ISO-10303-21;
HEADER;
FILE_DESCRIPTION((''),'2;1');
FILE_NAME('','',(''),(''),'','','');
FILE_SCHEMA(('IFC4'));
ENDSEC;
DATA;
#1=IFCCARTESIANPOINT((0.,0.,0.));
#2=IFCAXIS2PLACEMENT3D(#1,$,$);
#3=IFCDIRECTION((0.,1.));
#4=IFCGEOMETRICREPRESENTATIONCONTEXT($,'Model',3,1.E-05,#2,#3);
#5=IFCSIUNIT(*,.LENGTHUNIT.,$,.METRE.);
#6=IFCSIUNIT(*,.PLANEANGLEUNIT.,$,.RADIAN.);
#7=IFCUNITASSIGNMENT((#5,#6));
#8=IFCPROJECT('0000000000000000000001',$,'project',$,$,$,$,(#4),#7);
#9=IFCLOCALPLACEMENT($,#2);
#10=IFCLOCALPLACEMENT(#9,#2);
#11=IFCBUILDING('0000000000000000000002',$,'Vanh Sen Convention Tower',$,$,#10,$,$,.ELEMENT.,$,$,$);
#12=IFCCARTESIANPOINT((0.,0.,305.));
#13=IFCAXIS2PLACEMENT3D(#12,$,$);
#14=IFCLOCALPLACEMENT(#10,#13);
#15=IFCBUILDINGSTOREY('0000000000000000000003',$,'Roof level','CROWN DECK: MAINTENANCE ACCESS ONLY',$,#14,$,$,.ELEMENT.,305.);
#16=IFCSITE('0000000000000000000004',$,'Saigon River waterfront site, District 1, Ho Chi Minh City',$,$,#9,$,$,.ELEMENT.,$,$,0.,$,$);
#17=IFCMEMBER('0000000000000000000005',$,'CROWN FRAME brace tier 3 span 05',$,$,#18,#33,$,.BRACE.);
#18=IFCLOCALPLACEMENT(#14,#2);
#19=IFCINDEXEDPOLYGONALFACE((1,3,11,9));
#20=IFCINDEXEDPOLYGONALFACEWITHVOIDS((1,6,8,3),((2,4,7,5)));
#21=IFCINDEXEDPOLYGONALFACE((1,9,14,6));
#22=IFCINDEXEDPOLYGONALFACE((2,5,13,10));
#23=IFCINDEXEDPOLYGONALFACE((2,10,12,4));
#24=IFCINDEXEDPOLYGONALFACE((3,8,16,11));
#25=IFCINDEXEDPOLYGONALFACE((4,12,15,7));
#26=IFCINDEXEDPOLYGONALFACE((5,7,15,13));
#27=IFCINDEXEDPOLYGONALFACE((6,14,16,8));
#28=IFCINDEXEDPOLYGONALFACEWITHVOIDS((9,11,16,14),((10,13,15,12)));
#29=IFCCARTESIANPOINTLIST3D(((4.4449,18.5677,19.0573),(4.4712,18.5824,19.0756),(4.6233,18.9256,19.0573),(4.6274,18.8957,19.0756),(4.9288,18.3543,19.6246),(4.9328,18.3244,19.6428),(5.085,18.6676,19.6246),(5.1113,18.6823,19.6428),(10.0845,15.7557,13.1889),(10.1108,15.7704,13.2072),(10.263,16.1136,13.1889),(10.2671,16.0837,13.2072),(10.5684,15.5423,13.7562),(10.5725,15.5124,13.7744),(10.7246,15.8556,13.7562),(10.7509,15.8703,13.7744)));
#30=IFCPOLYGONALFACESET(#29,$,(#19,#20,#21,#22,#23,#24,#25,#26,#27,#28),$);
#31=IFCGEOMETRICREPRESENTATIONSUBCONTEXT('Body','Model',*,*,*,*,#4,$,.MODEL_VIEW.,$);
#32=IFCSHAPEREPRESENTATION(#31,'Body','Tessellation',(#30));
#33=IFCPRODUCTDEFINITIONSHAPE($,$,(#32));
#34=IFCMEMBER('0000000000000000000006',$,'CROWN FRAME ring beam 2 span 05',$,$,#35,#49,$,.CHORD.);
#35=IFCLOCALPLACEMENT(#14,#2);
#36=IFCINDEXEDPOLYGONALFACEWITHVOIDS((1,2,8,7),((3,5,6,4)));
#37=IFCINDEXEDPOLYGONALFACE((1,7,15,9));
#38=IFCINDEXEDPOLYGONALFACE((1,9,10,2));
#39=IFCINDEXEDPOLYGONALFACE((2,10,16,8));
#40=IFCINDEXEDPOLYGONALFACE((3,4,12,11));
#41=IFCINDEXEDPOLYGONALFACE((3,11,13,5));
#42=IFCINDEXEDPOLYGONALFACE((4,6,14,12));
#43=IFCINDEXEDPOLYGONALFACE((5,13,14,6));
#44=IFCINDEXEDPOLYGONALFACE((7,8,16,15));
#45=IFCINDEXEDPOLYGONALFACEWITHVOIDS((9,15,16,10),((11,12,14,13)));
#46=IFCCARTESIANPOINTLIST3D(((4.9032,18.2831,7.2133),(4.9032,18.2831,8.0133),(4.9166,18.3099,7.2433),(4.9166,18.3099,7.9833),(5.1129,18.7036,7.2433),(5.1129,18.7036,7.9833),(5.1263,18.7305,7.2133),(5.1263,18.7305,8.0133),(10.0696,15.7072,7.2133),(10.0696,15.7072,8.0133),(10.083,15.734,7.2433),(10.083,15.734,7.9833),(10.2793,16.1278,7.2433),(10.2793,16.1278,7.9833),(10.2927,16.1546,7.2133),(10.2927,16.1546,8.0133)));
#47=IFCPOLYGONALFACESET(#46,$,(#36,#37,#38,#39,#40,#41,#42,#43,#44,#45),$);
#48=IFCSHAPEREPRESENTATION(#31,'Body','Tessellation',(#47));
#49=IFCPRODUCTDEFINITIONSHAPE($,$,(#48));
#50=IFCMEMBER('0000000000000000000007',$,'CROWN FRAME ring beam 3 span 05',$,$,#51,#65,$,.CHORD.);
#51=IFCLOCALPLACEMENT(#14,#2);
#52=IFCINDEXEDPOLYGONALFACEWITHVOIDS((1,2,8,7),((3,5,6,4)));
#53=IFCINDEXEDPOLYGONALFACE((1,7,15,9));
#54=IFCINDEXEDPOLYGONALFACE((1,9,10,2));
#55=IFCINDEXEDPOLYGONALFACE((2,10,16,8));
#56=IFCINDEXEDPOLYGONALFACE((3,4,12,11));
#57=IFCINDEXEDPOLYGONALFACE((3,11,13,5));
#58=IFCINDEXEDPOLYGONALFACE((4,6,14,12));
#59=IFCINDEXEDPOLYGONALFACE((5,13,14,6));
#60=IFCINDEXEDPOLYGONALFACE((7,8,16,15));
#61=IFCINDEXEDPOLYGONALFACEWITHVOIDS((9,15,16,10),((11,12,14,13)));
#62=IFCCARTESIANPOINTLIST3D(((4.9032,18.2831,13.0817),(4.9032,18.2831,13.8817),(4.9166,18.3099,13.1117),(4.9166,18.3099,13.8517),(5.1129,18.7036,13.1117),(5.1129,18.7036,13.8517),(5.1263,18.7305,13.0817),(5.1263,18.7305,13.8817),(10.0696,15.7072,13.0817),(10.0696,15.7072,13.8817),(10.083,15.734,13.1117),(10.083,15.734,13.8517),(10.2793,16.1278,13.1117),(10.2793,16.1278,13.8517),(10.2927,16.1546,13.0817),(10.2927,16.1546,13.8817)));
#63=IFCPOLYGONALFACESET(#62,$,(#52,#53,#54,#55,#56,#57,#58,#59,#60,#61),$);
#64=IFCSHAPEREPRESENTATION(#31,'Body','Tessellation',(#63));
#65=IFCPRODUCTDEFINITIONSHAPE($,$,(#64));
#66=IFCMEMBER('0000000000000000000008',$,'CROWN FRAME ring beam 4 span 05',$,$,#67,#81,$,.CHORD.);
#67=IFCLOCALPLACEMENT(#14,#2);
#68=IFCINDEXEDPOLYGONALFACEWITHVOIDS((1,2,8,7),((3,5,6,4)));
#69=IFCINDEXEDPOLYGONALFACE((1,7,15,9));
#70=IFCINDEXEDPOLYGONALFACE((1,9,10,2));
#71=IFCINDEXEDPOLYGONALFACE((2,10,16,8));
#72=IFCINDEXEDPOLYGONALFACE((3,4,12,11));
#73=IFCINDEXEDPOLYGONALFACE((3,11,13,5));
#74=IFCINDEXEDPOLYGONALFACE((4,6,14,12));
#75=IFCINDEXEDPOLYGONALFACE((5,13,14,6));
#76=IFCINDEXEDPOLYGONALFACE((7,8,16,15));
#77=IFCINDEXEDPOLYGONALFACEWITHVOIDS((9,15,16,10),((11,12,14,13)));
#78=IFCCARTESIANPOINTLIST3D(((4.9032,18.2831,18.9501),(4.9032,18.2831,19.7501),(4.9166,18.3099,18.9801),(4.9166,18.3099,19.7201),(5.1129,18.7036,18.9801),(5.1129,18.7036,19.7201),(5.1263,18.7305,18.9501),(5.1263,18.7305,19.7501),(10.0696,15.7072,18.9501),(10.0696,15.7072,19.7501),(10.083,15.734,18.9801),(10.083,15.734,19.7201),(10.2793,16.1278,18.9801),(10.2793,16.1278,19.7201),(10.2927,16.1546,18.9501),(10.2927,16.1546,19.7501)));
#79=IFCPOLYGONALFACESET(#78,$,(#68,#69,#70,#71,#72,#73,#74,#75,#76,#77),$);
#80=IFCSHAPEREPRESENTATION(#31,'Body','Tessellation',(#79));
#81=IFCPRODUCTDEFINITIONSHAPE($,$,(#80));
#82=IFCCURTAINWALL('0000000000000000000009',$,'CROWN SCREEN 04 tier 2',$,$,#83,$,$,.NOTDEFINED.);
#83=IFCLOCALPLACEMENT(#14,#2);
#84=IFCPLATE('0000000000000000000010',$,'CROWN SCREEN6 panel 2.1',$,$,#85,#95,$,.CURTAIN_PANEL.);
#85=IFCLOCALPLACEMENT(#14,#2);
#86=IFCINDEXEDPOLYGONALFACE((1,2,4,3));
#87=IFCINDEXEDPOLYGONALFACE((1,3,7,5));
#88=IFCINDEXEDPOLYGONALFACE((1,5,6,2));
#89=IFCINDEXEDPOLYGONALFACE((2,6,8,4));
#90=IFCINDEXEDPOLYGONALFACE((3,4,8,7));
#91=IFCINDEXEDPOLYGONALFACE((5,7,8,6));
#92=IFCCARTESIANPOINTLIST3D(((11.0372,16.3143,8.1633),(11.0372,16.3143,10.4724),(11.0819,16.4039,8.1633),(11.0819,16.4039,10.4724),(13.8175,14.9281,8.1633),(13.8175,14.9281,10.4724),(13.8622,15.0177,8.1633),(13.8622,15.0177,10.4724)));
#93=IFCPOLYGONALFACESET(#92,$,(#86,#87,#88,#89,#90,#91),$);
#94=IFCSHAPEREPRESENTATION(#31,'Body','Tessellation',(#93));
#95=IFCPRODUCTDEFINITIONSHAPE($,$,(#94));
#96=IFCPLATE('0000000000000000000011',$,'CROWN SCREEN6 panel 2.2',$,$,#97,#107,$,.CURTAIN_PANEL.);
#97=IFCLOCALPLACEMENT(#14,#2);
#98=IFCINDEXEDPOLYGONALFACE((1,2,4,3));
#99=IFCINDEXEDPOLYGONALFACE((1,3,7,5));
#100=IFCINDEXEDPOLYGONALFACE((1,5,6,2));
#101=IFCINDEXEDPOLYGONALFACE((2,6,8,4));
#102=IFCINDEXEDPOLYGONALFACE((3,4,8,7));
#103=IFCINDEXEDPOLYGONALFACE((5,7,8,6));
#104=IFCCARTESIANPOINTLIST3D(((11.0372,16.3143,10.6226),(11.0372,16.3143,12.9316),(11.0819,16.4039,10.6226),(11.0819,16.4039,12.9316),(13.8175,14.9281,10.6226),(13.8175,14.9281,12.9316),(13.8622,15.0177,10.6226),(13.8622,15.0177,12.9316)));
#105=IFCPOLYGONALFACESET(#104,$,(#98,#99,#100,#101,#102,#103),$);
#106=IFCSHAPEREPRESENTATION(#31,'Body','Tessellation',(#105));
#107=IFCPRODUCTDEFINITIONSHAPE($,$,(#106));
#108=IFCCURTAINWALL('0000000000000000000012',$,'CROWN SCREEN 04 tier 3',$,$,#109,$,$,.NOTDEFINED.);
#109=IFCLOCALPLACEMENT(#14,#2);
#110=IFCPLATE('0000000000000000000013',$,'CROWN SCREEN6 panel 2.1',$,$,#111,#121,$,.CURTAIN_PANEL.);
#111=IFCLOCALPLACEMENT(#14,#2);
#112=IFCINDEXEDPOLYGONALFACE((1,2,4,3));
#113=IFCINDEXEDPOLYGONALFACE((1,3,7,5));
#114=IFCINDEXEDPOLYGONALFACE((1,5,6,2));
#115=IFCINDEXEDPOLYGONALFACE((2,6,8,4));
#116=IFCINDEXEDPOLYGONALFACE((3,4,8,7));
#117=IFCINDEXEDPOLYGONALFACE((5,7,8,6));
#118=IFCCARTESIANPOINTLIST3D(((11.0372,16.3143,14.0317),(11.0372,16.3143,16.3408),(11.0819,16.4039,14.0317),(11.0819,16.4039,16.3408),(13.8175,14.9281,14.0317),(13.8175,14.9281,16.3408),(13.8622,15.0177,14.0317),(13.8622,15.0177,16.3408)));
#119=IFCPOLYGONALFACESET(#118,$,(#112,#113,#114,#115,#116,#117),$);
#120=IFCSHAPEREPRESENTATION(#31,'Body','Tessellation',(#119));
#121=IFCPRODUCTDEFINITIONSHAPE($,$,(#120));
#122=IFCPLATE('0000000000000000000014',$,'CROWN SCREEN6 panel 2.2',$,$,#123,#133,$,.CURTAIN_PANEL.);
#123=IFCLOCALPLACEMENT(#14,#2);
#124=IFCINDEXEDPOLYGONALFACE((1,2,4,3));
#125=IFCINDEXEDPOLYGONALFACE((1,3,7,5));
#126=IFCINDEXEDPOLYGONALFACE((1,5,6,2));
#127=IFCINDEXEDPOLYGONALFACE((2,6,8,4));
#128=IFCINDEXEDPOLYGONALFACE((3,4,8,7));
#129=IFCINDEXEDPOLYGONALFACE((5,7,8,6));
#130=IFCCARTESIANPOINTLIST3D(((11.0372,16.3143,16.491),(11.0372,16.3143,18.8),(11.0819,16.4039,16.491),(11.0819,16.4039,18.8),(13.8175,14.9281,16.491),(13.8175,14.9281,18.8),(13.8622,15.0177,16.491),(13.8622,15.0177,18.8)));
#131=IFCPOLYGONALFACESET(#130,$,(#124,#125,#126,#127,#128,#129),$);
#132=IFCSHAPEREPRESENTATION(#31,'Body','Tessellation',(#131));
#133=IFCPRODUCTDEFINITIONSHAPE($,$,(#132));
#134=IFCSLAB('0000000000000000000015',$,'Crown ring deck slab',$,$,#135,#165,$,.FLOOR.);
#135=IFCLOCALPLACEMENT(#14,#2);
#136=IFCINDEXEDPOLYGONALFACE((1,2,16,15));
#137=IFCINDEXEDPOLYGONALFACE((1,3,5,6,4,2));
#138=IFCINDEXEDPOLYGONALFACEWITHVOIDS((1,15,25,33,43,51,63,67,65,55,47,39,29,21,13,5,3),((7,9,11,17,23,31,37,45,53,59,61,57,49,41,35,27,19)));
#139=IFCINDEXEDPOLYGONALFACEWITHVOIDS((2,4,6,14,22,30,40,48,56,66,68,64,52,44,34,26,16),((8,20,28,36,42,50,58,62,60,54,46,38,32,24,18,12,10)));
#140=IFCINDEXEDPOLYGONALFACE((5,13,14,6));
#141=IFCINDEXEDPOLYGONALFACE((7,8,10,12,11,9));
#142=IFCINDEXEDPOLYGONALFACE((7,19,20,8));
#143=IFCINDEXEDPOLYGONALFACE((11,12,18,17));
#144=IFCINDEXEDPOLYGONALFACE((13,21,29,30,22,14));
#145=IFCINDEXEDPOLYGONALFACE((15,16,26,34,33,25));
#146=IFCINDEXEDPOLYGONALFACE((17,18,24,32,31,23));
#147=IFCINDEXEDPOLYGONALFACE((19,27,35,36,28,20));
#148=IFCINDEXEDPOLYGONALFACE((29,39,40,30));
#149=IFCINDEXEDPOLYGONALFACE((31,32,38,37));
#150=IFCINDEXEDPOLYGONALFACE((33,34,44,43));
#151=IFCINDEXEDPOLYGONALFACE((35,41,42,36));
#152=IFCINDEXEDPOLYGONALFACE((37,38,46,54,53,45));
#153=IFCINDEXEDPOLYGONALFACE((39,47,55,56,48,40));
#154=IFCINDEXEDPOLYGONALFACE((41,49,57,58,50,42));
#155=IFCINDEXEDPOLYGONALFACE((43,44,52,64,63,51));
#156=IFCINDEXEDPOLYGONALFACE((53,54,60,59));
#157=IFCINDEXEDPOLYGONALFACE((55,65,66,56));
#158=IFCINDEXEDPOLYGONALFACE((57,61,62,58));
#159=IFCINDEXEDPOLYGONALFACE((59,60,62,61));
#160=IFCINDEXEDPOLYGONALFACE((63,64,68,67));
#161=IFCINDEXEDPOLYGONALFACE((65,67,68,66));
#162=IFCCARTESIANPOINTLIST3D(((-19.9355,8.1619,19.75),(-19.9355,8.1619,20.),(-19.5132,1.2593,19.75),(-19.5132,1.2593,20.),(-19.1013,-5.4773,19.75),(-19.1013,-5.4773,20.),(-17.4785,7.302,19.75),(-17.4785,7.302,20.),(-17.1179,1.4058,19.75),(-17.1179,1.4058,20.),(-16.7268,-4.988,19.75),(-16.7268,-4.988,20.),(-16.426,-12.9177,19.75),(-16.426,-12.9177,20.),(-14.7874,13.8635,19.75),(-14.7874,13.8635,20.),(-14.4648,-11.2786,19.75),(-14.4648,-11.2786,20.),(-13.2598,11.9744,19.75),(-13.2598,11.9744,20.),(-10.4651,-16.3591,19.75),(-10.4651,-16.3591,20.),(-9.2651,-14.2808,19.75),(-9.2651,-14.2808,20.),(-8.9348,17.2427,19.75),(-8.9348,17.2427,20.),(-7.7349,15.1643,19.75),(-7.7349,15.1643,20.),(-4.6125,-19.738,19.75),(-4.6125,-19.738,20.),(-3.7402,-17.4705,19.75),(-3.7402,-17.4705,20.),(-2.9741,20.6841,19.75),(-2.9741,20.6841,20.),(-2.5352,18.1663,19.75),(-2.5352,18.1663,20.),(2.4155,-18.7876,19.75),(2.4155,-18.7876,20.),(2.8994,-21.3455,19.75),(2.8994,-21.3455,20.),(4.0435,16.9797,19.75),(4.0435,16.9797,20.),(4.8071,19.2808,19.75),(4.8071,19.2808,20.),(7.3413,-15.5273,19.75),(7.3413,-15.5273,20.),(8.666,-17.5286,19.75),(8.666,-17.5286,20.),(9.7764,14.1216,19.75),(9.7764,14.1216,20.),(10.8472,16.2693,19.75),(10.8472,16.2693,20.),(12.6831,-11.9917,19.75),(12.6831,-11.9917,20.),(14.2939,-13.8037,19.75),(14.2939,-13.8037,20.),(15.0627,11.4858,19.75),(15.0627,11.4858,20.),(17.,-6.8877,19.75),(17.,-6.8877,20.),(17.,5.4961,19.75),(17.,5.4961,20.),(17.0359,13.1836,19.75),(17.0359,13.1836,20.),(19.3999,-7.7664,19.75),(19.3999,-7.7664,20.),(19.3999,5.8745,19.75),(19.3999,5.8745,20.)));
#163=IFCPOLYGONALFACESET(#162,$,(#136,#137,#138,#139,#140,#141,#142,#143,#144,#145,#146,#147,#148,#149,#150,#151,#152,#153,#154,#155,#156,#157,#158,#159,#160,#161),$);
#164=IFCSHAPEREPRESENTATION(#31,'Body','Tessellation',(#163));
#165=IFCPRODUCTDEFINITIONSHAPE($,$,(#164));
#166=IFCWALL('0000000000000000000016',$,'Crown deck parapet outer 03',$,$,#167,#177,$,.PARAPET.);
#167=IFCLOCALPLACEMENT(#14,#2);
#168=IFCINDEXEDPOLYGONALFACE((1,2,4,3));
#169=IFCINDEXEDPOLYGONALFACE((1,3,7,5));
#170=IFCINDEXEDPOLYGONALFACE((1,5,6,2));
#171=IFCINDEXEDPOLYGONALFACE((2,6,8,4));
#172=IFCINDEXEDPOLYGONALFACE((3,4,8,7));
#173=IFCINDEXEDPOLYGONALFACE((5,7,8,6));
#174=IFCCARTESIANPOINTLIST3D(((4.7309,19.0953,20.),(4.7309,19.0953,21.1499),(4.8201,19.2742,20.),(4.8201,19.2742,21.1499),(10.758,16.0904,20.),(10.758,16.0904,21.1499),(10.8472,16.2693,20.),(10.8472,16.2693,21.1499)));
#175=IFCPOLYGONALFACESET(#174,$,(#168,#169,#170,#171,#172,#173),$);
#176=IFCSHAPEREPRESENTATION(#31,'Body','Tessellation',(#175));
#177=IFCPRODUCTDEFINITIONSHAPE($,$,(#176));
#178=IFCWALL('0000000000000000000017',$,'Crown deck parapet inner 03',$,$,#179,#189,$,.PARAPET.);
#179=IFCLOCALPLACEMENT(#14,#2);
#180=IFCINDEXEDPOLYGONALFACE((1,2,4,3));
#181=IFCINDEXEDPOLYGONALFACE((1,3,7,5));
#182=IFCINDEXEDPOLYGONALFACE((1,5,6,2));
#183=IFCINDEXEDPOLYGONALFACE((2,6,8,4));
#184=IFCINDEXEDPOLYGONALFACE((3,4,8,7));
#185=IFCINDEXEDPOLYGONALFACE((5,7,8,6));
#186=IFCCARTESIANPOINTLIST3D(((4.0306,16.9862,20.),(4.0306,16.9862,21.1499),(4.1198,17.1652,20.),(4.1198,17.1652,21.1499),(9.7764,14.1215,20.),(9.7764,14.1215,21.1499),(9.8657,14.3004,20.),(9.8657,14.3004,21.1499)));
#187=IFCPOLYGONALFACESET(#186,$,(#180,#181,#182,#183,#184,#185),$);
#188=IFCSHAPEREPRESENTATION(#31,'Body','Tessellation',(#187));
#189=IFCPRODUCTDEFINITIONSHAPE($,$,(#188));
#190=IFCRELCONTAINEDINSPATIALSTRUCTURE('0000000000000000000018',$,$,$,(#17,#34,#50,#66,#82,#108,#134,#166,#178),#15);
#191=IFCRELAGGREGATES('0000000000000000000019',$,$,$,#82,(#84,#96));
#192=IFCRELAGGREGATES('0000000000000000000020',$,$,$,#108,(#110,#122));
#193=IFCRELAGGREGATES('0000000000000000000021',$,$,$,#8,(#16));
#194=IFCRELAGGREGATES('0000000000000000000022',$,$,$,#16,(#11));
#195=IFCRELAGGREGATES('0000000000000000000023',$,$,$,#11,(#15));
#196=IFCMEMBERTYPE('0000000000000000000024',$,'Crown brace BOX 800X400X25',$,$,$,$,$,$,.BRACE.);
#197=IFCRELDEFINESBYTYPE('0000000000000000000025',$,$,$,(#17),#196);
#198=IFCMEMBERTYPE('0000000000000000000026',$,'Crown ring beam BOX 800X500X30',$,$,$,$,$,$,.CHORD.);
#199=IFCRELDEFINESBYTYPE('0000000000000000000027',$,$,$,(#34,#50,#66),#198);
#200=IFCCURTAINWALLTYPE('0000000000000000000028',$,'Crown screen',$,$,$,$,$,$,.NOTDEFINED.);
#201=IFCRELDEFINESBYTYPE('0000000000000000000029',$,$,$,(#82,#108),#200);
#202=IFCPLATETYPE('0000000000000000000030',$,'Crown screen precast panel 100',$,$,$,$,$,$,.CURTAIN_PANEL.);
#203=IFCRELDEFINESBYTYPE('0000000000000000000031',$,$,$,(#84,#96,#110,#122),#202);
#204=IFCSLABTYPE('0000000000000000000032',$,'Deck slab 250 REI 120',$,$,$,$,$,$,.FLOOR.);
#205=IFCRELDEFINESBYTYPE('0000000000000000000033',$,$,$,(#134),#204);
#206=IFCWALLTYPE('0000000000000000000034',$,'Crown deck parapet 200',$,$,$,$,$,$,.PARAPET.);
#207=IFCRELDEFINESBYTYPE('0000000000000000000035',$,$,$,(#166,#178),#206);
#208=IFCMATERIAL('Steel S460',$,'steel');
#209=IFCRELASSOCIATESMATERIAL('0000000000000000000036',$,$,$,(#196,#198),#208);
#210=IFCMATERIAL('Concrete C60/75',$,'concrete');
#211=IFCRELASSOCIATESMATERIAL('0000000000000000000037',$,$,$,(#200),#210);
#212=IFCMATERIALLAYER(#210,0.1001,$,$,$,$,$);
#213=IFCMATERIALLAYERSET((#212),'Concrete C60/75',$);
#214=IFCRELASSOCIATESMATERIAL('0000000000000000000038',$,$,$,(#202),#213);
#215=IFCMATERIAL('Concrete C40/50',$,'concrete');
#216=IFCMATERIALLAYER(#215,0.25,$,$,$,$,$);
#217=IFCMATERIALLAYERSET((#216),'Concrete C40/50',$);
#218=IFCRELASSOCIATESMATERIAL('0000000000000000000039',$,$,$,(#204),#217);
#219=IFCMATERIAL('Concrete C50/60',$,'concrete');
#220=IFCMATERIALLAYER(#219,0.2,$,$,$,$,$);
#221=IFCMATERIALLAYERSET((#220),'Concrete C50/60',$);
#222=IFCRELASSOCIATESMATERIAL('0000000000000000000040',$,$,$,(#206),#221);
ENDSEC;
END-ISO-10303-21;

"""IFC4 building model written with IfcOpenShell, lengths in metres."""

from ifc_helpers import new_model, si_unit, direction, frame, frame_2d, origin, origin_2d, place, context, subcontext, project, spatial, polyline, rectangle, hollow_rectangle, outline, extrude, material, layer, layer_set, material_profile, profile_set, type_object, element, aggregate, save


model = new_model("IFC4")

# Units and contexts
model_context = context("Model", 3, precision=1e-05, world=origin(), true_north=direction((0.0, 1.0)))
body_context = subcontext(model_context, "Body", "Model", "MODEL_VIEW")
ifc_project = project(units=[si_unit("LENGTHUNIT", "METRE"), si_unit("PLANEANGLEUNIT", "RADIAN")], contexts=[model_context])

# Site, building, storey
site_placement = place(None, origin())
site = spatial("IfcSite", under=ifc_project, at=site_placement, Name="Saigon River waterfront site, District 1, Ho Chi Minh City", CompositionType="ELEMENT", RefElevation=0.0)
building_placement = place(site_placement, origin())
building = spatial("IfcBuilding", under=site, at=building_placement, Name="Vanh Sen Convention Tower", CompositionType="ELEMENT")
storey_placement = place(building_placement, frame((0.0, 0.0, 305.0)))
storey = spatial("IfcBuildingStorey", under=building, at=storey_placement, Name="Roof level", Description="CROWN DECK: MAINTENANCE ACCESS ONLY", CompositionType="ELEMENT", Elevation=305.0)

# Members
ifc_material_1 = material(Name="Steel S460", Category="steel")
ifc_material_profile_1 = material_profile(ifc_material_1, hollow_rectangle(XDim=0.3999, YDim=0.8, WallThickness=0.0249, at=origin_2d()), Name="BOX 800X400X25")
ifc_profile_set_1 = profile_set([ifc_material_profile_1], Name="Steel S460")
member_type_1 = type_object("IfcMemberType", Name="Crown brace BOX 800X400X25", PredefinedType="BRACE", material=ifc_profile_set_1)
member_placement = place(storey_placement, frame((10.4177, 15.813, 13.4817), z_axis=(-0.654927, 0.326556, 0.681492), x_axis=(-0.446222, -0.894923, 0.0)))
element("IfcMember", 1, at=member_placement, inside=storey, type_object=member_type_1, Name="CROWN FRAME brace tier 3 span 05", PredefinedType="BRACE", context=body_context, shape_type="SweptSolid", body=[
    extrude(hollow_rectangle(XDim=0.3999, YDim=0.8, WallThickness=0.0249, at=origin_2d()), origin(), (0.0, 0.0, 1.0), 8.6111),
])
ifc_material_profile_2 = material_profile(ifc_material_1, hollow_rectangle(XDim=0.5, YDim=0.8, WallThickness=0.03, at=origin_2d()), Name="BOX 800X500X30")
ifc_profile_set_2 = profile_set([ifc_material_profile_2], Name="Steel S460")
member_type_2 = type_object("IfcMemberType", Name="Crown ring beam BOX 800X500X30", PredefinedType="CHORD", material=ifc_profile_set_2)
for number, where, z_axis, x_axis, name in (
    (2, (10.1812, 15.9309, 7.6133), (-0.894934, 0.446198, 0.0), (-0.446198, -0.894934, 0.0), "CROWN FRAME ring beam 2 span 05"),
    (3, (10.1812, 15.9309, 13.4817), (-0.894934, 0.446198, 0.0), (-0.446198, -0.894934, 0.0), "CROWN FRAME ring beam 3 span 05"),
    (4, (10.1812, 15.9309, 19.3501), (-0.894934, 0.446198, 0.0), (-0.446198, -0.894934, 0.0), "CROWN FRAME ring beam 4 span 05"),
):
    element("IfcMember", number, at=place(storey_placement, frame(where, z_axis=z_axis, x_axis=x_axis)), inside=storey, type_object=member_type_2, Name=name, PredefinedType="CHORD", context=body_context, shape_type="SweptSolid", body=[
        extrude(hollow_rectangle(XDim=0.5, YDim=0.8, WallThickness=0.03, at=origin_2d()), origin(), (0.0, 0.0, 1.0), 5.7729),
    ])

# Curtain walls, plates
ifc_material_2 = material(Name="Concrete C60/75", Category="concrete")
curtain_wall_type = type_object("IfcCurtainWallType", Name="Crown screen", PredefinedType="NOTDEFINED", material=ifc_material_2)
curtain_wall_1_placement = place(storey_placement, origin())
curtain_wall_1 = element("IfcCurtainWall", 5, at=curtain_wall_1_placement, inside=storey, type_object=curtain_wall_type, Name="CROWN SCREEN 04 tier 2", PredefinedType="NOTDEFINED")
ifc_layer_1 = layer(ifc_material_2, 0.1001)
ifc_layer_set_1 = layer_set([ifc_layer_1], Name="Concrete C60/75")
plate_type = type_object("IfcPlateType", Name="Crown screen precast panel 100", PredefinedType="CURTAIN_PANEL", material=ifc_layer_set_1)
plate_1_placement = place(storey_placement, frame((12.4497, 15.666, 8.1633), z_axis=(0.0, 0.0, 1.0), x_axis=(-0.894931, 0.446205, 0.0)))
plate_1 = element("IfcPlate", 6, at=plate_1_placement, type_object=plate_type, Name="CROWN SCREEN6 panel 2.1", PredefinedType="CURTAIN_PANEL", context=body_context, shape_type="SweptSolid", body=[
    extrude(rectangle(XDim=3.1067, YDim=0.1001, at=origin_2d()), origin(), (0.0, 0.0, 1.0), 2.3091),
])
plate_2_placement = place(storey_placement, frame((12.4497, 15.666, 10.6226), z_axis=(0.0, 0.0, 1.0), x_axis=(-0.894931, 0.446205, 0.0)))
plate_2 = element("IfcPlate", 7, at=plate_2_placement, type_object=plate_type, Name="CROWN SCREEN6 panel 2.2", PredefinedType="CURTAIN_PANEL", context=body_context, shape_type="SweptSolid", body=[
    extrude(rectangle(XDim=3.1067, YDim=0.1001, at=origin_2d()), origin(), (0.0, 0.0, 1.0), 2.3091),
])
aggregate(curtain_wall_1, [plate_1, plate_2])
curtain_wall_2_placement = place(storey_placement, origin())
curtain_wall_2 = element("IfcCurtainWall", 8, at=curtain_wall_2_placement, inside=storey, type_object=curtain_wall_type, Name="CROWN SCREEN 04 tier 3", PredefinedType="NOTDEFINED")
plate_3_placement = place(storey_placement, frame((12.4497, 15.666, 14.0317), z_axis=(0.0, 0.0, 1.0), x_axis=(-0.894931, 0.446205, 0.0)))
plate_3 = element("IfcPlate", 9, at=plate_3_placement, type_object=plate_type, Name="CROWN SCREEN6 panel 2.1", PredefinedType="CURTAIN_PANEL", context=body_context, shape_type="SweptSolid", body=[
    extrude(rectangle(XDim=3.1067, YDim=0.1001, at=origin_2d()), origin(), (0.0, 0.0, 1.0), 2.3091),
])
plate_4_placement = place(storey_placement, frame((12.4497, 15.666, 16.491), z_axis=(0.0, 0.0, 1.0), x_axis=(-0.894931, 0.446205, 0.0)))
plate_4 = element("IfcPlate", 10, at=plate_4_placement, type_object=plate_type, Name="CROWN SCREEN6 panel 2.2", PredefinedType="CURTAIN_PANEL", context=body_context, shape_type="SweptSolid", body=[
    extrude(rectangle(XDim=3.1067, YDim=0.1001, at=origin_2d()), origin(), (0.0, 0.0, 1.0), 2.3091),
])
aggregate(curtain_wall_2, [plate_3, plate_4])

# Slab
ifc_material_3 = material(Name="Concrete C40/50", Category="concrete")
ifc_layer_2 = layer(ifc_material_3, 0.25)
ifc_layer_set_2 = layer_set([ifc_layer_2], Name="Concrete C40/50")
slab_type = type_object("IfcSlabType", Name="Deck slab 250 REI 120", PredefinedType="FLOOR", material=ifc_layer_set_2)
slab_placement = place(storey_placement, frame((0.0, 0.0, 19.75)))
element("IfcSlab", 11, at=slab_placement, inside=storey, type_object=slab_type, Name="Crown ring deck slab", PredefinedType="FLOOR", context=body_context, shape_type="SweptSolid", body=[
    extrude(outline(polyline([(19.3999, -7.7664), (19.3999, 5.8745), (17.0359, 13.1836), (10.8472, 16.2693), (4.8071, 19.2808), (-2.9741, 20.6841), (-8.9348, 17.2427), (-14.7874, 13.8635), (-19.9355, 8.1619), (-19.5132, 1.2593), (-19.1013, -5.4773), (-16.426, -12.9177), (-10.4651, -16.3591), (-4.6125, -19.738), (2.8994, -21.3455), (8.666, -17.5286), (14.2939, -13.8037), (19.3999, -7.7664)]), holes=[polyline([(17.0, 5.4961), (15.0627, 11.4858), (9.7764, 14.1216), (4.0435, 16.9797), (-2.5352, 18.1663), (-7.7349, 15.1643), (-13.2598, 11.9744), (-17.4785, 7.302), (-17.1179, 1.4058), (-16.7268, -4.988), (-14.4648, -11.2786), (-9.2651, -14.2808), (-3.7402, -17.4705), (2.4155, -18.7876), (7.3413, -15.5273), (12.6831, -11.9917), (17.0, -6.8877), (17.0, 5.4961)])]), origin(), (0.0, 0.0, 1.0), 0.25),
])

# Walls
ifc_material_4 = material(Name="Concrete C50/60", Category="concrete")
ifc_layer_3 = layer(ifc_material_4, 0.2)
ifc_layer_set_3 = layer_set([ifc_layer_3], Name="Concrete C50/60")
wall_type = type_object("IfcWallType", Name="Crown deck parapet 200", PredefinedType="PARAPET", material=ifc_layer_set_3)
wall_1_placement = place(storey_placement, frame((10.8025, 16.1799, 20.0), z_axis=(0.0, 0.0, 1.0), x_axis=(-0.894941, 0.446184, 0.0)))
element("IfcWall", 12, at=wall_1_placement, inside=storey, type_object=wall_type, Name="Crown deck parapet outer 03", PredefinedType="PARAPET", context=body_context, shape_type="SweptSolid", body=[
    extrude(rectangle(XDim=6.7346, YDim=0.2, at=frame_2d((3.3672, 0.0))), origin(), (0.0, 0.0, 1.0), 1.1499),
])
wall_2_placement = place(storey_placement, frame((9.821, 14.2109, 20.0), z_axis=(0.0, 0.0, 1.0), x_axis=(-0.894936, 0.446194, 0.0)))
element("IfcWall", 13, at=wall_2_placement, inside=storey, type_object=wall_type, Name="Crown deck parapet inner 03", PredefinedType="PARAPET", context=body_context, shape_type="SweptSolid", body=[
    extrude(rectangle(XDim=6.4204, YDim=0.2, at=frame_2d((3.2102, 0.0))), origin(), (0.0, 0.0, 1.0), 1.1499),
])

save(model, "model.ifc")
